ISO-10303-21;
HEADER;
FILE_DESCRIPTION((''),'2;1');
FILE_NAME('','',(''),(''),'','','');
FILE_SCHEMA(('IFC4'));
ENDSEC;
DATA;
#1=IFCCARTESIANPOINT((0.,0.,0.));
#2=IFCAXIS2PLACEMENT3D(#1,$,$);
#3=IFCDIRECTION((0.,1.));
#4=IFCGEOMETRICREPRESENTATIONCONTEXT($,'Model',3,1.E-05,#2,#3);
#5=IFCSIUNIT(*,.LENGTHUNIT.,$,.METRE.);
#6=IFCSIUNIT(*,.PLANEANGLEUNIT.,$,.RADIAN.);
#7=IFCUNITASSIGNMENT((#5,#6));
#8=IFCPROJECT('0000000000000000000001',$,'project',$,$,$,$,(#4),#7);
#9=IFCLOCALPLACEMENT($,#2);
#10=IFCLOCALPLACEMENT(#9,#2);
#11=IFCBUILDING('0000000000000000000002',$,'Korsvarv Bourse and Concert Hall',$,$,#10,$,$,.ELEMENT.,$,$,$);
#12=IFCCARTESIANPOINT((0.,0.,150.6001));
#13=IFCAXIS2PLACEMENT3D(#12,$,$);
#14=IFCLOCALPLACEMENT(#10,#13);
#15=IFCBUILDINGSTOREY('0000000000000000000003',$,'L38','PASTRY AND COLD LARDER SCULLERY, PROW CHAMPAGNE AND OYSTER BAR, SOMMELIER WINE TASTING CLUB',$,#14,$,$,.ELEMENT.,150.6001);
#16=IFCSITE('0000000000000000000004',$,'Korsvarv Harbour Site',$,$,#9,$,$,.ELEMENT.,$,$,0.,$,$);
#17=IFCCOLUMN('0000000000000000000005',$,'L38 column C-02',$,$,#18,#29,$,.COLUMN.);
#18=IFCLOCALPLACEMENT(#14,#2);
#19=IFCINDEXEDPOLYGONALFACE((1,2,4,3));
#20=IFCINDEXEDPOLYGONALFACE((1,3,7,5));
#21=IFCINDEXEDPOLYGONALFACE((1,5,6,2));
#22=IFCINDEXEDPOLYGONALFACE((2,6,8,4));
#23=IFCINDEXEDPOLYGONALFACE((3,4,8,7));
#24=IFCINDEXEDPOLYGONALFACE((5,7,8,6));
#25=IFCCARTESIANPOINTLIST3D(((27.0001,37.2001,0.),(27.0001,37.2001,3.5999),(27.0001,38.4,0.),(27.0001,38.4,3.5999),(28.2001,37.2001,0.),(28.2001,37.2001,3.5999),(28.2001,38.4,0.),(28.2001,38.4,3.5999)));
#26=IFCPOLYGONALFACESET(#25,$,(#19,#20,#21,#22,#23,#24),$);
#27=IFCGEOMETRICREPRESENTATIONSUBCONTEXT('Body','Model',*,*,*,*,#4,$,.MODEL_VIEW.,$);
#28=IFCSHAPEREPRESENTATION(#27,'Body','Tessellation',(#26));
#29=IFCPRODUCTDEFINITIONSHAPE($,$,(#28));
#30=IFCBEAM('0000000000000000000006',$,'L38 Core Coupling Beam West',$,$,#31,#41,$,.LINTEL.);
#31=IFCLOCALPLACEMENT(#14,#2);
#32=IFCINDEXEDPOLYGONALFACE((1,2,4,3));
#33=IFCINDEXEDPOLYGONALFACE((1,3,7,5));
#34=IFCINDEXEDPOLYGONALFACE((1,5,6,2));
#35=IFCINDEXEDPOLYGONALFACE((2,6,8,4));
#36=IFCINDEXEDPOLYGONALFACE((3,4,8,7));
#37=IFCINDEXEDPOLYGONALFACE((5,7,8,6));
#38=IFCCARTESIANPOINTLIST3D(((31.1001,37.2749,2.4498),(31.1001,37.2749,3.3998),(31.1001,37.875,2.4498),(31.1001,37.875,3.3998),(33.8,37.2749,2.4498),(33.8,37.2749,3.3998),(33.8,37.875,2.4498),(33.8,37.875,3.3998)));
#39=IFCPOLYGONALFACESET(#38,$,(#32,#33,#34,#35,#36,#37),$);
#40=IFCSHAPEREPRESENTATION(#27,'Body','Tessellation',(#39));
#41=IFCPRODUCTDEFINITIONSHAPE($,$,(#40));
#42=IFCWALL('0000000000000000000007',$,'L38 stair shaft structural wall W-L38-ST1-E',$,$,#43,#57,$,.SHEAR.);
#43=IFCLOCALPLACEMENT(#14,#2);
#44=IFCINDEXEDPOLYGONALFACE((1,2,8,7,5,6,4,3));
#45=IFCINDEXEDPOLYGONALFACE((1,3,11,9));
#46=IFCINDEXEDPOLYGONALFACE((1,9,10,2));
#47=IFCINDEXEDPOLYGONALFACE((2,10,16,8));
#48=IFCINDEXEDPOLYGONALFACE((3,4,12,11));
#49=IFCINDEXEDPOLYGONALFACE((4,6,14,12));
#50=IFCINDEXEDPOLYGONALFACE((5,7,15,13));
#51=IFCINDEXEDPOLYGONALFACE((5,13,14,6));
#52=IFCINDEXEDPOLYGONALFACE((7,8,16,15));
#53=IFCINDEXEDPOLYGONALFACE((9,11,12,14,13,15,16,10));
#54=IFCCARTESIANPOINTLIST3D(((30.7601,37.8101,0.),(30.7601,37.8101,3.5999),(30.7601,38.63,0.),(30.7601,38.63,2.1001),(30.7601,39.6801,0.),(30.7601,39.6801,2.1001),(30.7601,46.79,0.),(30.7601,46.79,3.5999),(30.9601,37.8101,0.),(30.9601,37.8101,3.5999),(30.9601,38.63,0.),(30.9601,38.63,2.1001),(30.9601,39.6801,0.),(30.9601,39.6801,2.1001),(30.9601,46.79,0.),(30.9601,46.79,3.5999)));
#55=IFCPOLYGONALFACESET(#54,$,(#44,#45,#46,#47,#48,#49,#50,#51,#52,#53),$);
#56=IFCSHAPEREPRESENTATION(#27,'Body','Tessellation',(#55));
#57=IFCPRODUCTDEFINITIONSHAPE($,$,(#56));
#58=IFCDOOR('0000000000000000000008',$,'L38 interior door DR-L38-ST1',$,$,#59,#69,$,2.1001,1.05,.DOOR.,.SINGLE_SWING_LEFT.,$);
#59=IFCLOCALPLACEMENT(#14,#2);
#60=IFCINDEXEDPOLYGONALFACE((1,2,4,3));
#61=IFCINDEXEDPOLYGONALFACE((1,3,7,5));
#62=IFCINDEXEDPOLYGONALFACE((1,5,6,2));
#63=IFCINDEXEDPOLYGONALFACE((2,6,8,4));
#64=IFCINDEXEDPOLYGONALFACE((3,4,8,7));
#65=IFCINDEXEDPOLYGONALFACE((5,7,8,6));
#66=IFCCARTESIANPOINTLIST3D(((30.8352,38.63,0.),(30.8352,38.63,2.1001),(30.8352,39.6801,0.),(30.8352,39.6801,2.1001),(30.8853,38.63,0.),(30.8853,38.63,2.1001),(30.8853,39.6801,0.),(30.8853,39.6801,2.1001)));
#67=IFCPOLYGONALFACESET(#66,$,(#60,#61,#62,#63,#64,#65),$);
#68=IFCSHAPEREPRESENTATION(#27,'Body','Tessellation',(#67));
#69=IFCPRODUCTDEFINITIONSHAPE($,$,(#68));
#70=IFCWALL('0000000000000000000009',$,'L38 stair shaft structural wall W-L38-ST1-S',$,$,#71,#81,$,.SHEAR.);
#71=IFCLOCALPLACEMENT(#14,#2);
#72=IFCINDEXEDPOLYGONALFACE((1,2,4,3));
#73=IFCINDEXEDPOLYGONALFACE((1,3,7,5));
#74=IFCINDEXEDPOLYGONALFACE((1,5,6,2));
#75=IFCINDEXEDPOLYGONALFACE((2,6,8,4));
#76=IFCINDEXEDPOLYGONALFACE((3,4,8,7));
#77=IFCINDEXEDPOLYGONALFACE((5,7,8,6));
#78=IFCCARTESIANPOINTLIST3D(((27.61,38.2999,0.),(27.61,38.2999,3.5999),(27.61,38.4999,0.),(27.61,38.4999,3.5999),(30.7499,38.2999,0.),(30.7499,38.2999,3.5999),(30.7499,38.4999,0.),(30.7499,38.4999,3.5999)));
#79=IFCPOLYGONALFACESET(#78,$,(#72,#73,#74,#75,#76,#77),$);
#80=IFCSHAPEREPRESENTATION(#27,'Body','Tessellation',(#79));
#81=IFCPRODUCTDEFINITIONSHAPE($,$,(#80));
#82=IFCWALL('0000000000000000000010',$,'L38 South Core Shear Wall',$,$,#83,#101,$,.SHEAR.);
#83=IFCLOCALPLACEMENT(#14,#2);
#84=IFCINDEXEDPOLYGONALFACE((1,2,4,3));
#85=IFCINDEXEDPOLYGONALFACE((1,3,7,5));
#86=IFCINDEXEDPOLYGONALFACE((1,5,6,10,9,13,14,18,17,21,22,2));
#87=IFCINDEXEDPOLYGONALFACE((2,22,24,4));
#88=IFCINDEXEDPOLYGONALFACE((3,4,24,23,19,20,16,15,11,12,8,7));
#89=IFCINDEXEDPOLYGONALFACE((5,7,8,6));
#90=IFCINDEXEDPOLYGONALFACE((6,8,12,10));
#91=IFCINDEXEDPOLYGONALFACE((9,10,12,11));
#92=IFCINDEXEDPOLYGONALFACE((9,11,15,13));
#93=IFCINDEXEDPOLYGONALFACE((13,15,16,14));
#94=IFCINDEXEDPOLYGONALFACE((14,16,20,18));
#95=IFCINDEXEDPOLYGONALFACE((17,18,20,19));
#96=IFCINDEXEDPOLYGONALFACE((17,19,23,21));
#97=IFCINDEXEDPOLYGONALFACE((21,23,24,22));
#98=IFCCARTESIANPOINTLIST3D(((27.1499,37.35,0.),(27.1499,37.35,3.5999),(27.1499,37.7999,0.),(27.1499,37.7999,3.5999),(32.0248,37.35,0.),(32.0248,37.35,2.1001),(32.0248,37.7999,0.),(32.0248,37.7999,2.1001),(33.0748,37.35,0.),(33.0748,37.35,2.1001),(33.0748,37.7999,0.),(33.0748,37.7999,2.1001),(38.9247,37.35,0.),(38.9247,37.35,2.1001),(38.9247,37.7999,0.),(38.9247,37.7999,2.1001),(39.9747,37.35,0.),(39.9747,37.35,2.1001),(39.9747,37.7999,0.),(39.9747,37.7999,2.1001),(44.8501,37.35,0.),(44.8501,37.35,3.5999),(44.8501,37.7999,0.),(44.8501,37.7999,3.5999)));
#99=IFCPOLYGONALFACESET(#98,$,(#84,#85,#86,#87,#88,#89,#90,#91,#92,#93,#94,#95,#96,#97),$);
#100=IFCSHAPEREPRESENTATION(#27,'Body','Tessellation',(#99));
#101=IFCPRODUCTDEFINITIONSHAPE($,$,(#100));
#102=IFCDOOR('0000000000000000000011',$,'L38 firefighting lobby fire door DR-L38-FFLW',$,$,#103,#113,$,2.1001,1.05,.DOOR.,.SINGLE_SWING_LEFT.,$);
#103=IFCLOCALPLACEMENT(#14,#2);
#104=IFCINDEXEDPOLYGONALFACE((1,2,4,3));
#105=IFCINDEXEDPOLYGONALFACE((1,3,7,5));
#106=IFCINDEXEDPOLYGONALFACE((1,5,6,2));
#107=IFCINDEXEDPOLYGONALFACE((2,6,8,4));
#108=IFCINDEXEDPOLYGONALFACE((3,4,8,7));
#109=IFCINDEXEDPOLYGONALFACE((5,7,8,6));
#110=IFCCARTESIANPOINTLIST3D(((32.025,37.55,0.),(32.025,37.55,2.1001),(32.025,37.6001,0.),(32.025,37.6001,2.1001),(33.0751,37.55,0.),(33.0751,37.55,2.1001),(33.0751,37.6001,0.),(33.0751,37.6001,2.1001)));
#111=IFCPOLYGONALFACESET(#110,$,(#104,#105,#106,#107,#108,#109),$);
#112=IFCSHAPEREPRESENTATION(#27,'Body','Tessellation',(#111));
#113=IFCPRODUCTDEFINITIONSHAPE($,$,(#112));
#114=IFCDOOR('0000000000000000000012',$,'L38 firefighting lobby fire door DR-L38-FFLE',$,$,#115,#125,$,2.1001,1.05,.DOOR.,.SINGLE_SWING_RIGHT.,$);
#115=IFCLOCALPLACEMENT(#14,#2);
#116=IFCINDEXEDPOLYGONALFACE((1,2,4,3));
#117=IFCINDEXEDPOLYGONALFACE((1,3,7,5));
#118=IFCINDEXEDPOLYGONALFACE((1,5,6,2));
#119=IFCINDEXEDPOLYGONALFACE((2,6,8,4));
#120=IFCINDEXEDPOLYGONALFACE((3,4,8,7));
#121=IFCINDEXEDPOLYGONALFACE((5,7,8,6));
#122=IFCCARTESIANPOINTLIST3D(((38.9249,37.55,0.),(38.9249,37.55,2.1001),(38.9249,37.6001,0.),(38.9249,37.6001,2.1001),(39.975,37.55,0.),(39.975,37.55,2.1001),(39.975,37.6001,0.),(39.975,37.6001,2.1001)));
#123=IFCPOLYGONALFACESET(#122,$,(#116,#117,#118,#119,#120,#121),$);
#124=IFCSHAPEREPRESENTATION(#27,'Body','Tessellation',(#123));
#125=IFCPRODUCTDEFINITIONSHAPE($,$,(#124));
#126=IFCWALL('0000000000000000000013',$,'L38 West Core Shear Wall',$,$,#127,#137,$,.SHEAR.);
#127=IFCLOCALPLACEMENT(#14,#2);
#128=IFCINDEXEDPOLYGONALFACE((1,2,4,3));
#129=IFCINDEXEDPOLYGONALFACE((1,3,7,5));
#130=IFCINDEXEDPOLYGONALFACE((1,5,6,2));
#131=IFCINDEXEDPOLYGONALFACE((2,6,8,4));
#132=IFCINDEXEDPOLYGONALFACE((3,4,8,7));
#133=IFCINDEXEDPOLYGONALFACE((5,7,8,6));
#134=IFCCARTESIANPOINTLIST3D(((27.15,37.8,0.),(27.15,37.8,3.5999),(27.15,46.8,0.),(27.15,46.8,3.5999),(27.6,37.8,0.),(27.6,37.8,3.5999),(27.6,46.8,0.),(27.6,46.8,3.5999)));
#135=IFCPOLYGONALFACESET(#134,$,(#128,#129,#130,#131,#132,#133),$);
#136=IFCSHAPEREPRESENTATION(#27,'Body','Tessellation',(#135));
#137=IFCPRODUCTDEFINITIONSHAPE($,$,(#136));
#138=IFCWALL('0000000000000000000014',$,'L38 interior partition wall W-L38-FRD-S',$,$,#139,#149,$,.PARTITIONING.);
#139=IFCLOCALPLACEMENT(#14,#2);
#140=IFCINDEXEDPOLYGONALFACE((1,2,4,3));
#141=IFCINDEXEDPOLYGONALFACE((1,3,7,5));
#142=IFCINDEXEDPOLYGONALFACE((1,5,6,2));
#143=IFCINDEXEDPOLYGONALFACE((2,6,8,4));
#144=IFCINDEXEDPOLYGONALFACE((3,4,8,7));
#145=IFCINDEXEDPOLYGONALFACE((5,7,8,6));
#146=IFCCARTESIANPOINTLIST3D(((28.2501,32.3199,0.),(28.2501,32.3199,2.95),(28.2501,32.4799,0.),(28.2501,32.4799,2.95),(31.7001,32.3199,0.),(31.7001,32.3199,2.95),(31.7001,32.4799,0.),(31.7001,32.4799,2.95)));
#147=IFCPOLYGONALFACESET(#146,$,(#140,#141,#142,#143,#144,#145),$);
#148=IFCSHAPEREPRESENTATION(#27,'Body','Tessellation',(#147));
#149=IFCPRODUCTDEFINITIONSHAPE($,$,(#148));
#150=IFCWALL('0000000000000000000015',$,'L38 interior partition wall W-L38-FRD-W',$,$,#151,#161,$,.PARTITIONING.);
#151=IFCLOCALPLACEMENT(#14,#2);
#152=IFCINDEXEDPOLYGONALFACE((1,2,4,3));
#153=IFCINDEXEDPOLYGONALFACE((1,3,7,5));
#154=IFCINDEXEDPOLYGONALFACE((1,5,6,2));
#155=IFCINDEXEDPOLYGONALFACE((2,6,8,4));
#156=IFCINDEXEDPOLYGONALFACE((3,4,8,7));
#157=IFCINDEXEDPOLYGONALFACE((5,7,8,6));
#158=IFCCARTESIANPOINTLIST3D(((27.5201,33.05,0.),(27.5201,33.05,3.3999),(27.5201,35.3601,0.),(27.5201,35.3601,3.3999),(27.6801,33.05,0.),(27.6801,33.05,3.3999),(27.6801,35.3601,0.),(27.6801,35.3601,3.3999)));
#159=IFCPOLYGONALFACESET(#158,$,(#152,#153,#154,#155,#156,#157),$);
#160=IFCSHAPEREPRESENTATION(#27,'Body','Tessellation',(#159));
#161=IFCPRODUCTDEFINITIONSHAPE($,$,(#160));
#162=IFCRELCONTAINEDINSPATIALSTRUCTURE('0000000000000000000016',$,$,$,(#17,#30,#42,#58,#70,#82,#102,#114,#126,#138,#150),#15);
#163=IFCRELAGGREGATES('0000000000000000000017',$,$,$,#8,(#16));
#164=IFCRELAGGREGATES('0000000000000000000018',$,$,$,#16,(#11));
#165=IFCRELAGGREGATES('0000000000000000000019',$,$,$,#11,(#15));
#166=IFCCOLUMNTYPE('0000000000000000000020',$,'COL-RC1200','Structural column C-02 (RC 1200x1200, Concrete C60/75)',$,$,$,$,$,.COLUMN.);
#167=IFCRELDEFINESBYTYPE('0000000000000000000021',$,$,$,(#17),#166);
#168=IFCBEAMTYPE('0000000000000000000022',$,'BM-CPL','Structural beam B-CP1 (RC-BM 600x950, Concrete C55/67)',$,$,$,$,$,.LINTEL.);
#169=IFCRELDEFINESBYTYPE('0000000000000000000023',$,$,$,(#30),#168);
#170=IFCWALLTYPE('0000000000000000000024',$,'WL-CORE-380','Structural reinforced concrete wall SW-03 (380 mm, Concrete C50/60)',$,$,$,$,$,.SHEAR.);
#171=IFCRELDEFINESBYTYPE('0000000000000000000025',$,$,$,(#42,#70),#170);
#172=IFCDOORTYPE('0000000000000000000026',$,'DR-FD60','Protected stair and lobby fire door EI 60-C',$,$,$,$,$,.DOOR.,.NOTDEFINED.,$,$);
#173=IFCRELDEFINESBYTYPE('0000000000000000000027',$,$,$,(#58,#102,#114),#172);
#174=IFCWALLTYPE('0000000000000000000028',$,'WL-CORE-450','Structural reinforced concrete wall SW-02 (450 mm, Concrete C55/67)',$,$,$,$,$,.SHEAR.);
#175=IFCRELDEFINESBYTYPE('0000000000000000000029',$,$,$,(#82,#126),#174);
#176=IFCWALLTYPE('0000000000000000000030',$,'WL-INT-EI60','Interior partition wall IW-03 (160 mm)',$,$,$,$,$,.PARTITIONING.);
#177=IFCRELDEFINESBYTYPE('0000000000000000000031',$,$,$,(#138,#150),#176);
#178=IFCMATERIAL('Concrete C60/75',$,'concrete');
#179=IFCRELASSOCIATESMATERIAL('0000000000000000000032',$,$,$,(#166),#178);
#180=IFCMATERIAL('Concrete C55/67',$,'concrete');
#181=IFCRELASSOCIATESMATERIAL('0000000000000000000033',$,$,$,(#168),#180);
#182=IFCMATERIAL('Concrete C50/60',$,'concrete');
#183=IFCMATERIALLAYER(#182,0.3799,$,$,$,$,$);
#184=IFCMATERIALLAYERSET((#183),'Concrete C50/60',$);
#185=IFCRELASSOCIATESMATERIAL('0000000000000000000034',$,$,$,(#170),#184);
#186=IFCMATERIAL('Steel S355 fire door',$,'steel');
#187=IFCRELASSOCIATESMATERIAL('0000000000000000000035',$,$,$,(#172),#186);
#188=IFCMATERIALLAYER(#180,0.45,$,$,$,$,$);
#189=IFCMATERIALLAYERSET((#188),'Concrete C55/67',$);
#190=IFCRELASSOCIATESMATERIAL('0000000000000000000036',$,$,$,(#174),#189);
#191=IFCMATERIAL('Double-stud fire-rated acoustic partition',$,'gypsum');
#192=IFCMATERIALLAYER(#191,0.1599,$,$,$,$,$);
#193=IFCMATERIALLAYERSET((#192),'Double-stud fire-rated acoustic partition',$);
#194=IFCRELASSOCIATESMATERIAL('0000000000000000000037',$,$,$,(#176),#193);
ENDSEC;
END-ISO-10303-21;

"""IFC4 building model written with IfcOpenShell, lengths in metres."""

from ifc_helpers import new_model, si_unit, direction, frame, frame_2d, origin, origin_2d, place, context, subcontext, project, spatial, rectangle, extrude, source, transform, mapped, material, layer, layer_set, material_profile, profile_set, type_object, element, fill, save


model = new_model("IFC4")

# Units and contexts
model_context = context("Model", 3, precision=1e-05, world=origin(), true_north=direction((0.0, 1.0)))
body_context = subcontext(model_context, "Body", "Model", "MODEL_VIEW")
ifc_project = project(units=[si_unit("LENGTHUNIT", "METRE"), si_unit("PLANEANGLEUNIT", "RADIAN")], contexts=[model_context])

# Site, building, storey
site_placement = place(None, origin())
site = spatial("IfcSite", under=ifc_project, at=site_placement, Name="Korsvarv Harbour Site", CompositionType="ELEMENT", RefElevation=0.0)
building_placement = place(site_placement, origin())
building = spatial("IfcBuilding", under=site, at=building_placement, Name="Korsvarv Bourse and Concert Hall", CompositionType="ELEMENT")
storey_placement = place(building_placement, frame((0.0, 0.0, 150.6001)))
storey = spatial("IfcBuildingStorey", under=building, at=storey_placement, Name="L38", Description="PASTRY AND COLD LARDER SCULLERY, PROW CHAMPAGNE AND OYSTER BAR, SOMMELIER WINE TASTING CLUB", CompositionType="ELEMENT", Elevation=150.6001)

# Column
ifc_material_1 = material(Name="Concrete C60/75", Category="concrete")
ifc_material_profile_1 = material_profile(ifc_material_1, rectangle(XDim=1.2, YDim=1.2, at=origin_2d()), Name="RC 1200x1200")
ifc_profile_set_1 = profile_set([ifc_material_profile_1], Name="Concrete C60/75")
column_type = type_object("IfcColumnType", Name="COL-RC1200", Description="Structural column C-02 (RC 1200x1200, Concrete C60/75)", PredefinedType="COLUMN", material=ifc_profile_set_1)
shared_shape_1 = source(origin(), body_context, "Body", "SweptSolid", [
    extrude(rectangle(XDim=1.2, YDim=1.2, at=origin_2d()), origin(), (0.0, 0.0, 1.0), 3.5999),
])
column_placement = place(storey_placement, frame((27.6001, 37.8, 0.0), z_axis=(0.0, 0.0, 1.0), x_axis=(1.0, 0.0, 0.0)))
element("IfcColumn", 1, at=column_placement, inside=storey, type_object=column_type, Name="L38 column C-02", PredefinedType="COLUMN", context=body_context, shape_type="MappedRepresentation", body=[
    mapped(shared_shape_1, transform((0.0, 0.0, 0.0), scale=1.0)),
])

# Beam
ifc_material_2 = material(Name="Concrete C55/67", Category="concrete")
ifc_material_profile_2 = material_profile(ifc_material_2, rectangle(XDim=0.6001, YDim=0.95, at=origin_2d()), Name="RC-BM 600x950")
ifc_profile_set_2 = profile_set([ifc_material_profile_2], Name="Concrete C55/67")
beam_type = type_object("IfcBeamType", Name="BM-CPL", Description="Structural beam B-CP1 (RC-BM 600x950, Concrete C55/67)", PredefinedType="LINTEL", material=ifc_profile_set_2)
shared_shape_2 = source(origin(), body_context, "Body", "SweptSolid", [
    extrude(rectangle(XDim=0.6001, YDim=0.95, at=origin_2d()), origin(), (0.0, 0.0, 1.0), 2.7),
])
beam_placement = place(storey_placement, frame((31.1001, 37.575, 2.9248), z_axis=(1.0, 0.0, 0.0), x_axis=(0.0, 1.0, 0.0)))
element("IfcBeam", 2, at=beam_placement, inside=storey, type_object=beam_type, Name="L38 Core Coupling Beam West", PredefinedType="LINTEL", context=body_context, shape_type="MappedRepresentation", body=[
    mapped(shared_shape_2, transform((0.0, 0.0, 0.0), scale=1.0)),
])

# Wall, opening, door
ifc_material_3 = material(Name="Concrete C50/60", Category="concrete")
ifc_layer_1 = layer(ifc_material_3, 0.3799)
ifc_layer_set_1 = layer_set([ifc_layer_1], Name="Concrete C50/60")
wall_type_1 = type_object("IfcWallType", Name="WL-CORE-380", Description="Structural reinforced concrete wall SW-03 (380 mm, Concrete C50/60)", PredefinedType="SHEAR", material=ifc_layer_set_1)
wall_1_placement = place(storey_placement, frame((30.8601, 37.8101, 0.0), z_axis=(0.0, 0.0, 1.0), x_axis=(0.0, 1.0, 0.0)))
wall_1 = element("IfcWall", 3, at=wall_1_placement, inside=storey, type_object=wall_type_1, Name="L38 stair shaft structural wall W-L38-ST1-E", PredefinedType="SHEAR", context=body_context, shape_type="SweptSolid", body=[
    extrude(rectangle(XDim=8.98, YDim=0.2, at=frame_2d((4.49, 0.0))), origin(), (0.0, 0.0, 1.0), 3.5999),
])
opening_1_placement = place(wall_1_placement, frame((0.8201, 0.0, 0.0)))
opening_1 = element("IfcOpeningElement", 4, at=opening_1_placement, cuts=wall_1, PredefinedType="OPENING", context=body_context, shape_type="SweptSolid", body=[
    extrude(rectangle(XDim=1.05, YDim=2.1001, at=frame_2d((0.5249, 1.05))), frame((0.0, 0.1099, 0.0), z_axis=(0.0, -1.0, 0.0), x_axis=(1.0, 0.0, 0.0)), (0.0, 0.0, 1.0), 0.22),
])
ifc_material_4 = material(Name="Steel S355 fire door", Category="steel")
door_type_1 = type_object("IfcDoorType", Name="DR-FD60", Description="Protected stair and lobby fire door EI 60-C", OperationType="NOTDEFINED", PredefinedType="DOOR", material=ifc_material_4)
door_1_placement = place(opening_1_placement, origin())
door_1 = element("IfcDoor", 5, at=door_1_placement, inside=storey, type_object=door_type_1, Name="L38 interior door DR-L38-ST1", OperationType="SINGLE_SWING_LEFT", OverallHeight=2.1001, OverallWidth=1.05, PredefinedType="DOOR", context=body_context, shape_type="SweptSolid", body=[
    extrude(rectangle(XDim=1.05, YDim=2.1001, at=frame_2d((0.5249, 1.05))), frame((0.0, 0.0249, 0.0), z_axis=(0.0, -1.0, 0.0), x_axis=(1.0, 0.0, 0.0)), (0.0, 0.0, 1.0), 0.05),
])
fill(opening_1, door_1)

# Wall
wall_2_placement = place(storey_placement, frame((27.6101, 38.3999, 0.0), z_axis=(0.0, 0.0, 1.0), x_axis=(1.0, 0.0, 0.0)))
element("IfcWall", 6, at=wall_2_placement, inside=storey, type_object=wall_type_1, Name="L38 stair shaft structural wall W-L38-ST1-S", PredefinedType="SHEAR", context=body_context, shape_type="SweptSolid", body=[
    extrude(rectangle(XDim=3.1399, YDim=0.2, at=frame_2d((1.5698, 0.0))), origin(), (0.0, 0.0, 1.0), 3.5999),
])

# Wall, openings, doors
ifc_layer_2 = layer(ifc_material_2, 0.45)
ifc_layer_set_2 = layer_set([ifc_layer_2], Name="Concrete C55/67")
wall_type_2 = type_object("IfcWallType", Name="WL-CORE-450", Description="Structural reinforced concrete wall SW-02 (450 mm, Concrete C55/67)", PredefinedType="SHEAR", material=ifc_layer_set_2)
wall_3_placement = place(storey_placement, frame((27.1499, 37.575, 0.0), z_axis=(0.0, 0.0, 1.0), x_axis=(1.0, 0.0, 0.0)))
wall_3 = element("IfcWall", 7, at=wall_3_placement, inside=storey, type_object=wall_type_2, Name="L38 South Core Shear Wall", PredefinedType="SHEAR", context=body_context, shape_type="SweptSolid", body=[
    extrude(rectangle(XDim=17.7002, YDim=0.45, at=frame_2d((8.8501, 0.0))), origin(), (0.0, 0.0, 1.0), 3.5999),
])
opening_2_placement = place(wall_3_placement, frame((4.875, 0.0, 0.0)))
opening_2 = element("IfcOpeningElement", 8, at=opening_2_placement, cuts=wall_3, PredefinedType="OPENING", context=body_context, shape_type="SweptSolid", body=[
    extrude(rectangle(XDim=1.05, YDim=2.1001, at=frame_2d((0.5249, 1.05))), frame((0.0, 0.2349, 0.0), z_axis=(0.0, -1.0, 0.0), x_axis=(1.0, 0.0, 0.0)), (0.0, 0.0, 1.0), 0.47),
])
opening_3_placement = place(wall_3_placement, frame((11.7749, 0.0, 0.0)))
opening_3 = element("IfcOpeningElement", 9, at=opening_3_placement, cuts=wall_3, PredefinedType="OPENING", context=body_context, shape_type="SweptSolid", body=[
    extrude(rectangle(XDim=1.05, YDim=2.1001, at=frame_2d((0.5249, 1.05))), frame((0.0, 0.2349, 0.0), z_axis=(0.0, -1.0, 0.0), x_axis=(1.0, 0.0, 0.0)), (0.0, 0.0, 1.0), 0.47),
])
door_2_placement = place(opening_2_placement, frame((1.05, 0.0, 0.0), z_axis=(0.0, 0.0, 1.0), x_axis=(-1.0, 0.0, 0.0)))
door_2 = element("IfcDoor", 10, at=door_2_placement, inside=storey, type_object=door_type_1, Name="L38 firefighting lobby fire door DR-L38-FFLW", OperationType="SINGLE_SWING_LEFT", OverallHeight=2.1001, OverallWidth=1.05, PredefinedType="DOOR", context=body_context, shape_type="SweptSolid", body=[
    extrude(rectangle(XDim=1.05, YDim=2.1001, at=frame_2d((0.5249, 1.05))), frame((0.0, 0.0249, 0.0), z_axis=(0.0, -1.0, 0.0), x_axis=(1.0, 0.0, 0.0)), (0.0, 0.0, 1.0), 0.05),
])
fill(opening_2, door_2)
door_3_placement = place(opening_3_placement, frame((1.05, 0.0, 0.0), z_axis=(0.0, 0.0, 1.0), x_axis=(-1.0, 0.0, 0.0)))
door_3 = element("IfcDoor", 11, at=door_3_placement, inside=storey, type_object=door_type_1, Name="L38 firefighting lobby fire door DR-L38-FFLE", OperationType="SINGLE_SWING_RIGHT", OverallHeight=2.1001, OverallWidth=1.05, PredefinedType="DOOR", context=body_context, shape_type="SweptSolid", body=[
    extrude(rectangle(XDim=1.05, YDim=2.1001, at=frame_2d((0.5249, 1.05))), frame((0.0, 0.0249, 0.0), z_axis=(0.0, -1.0, 0.0), x_axis=(1.0, 0.0, 0.0)), (0.0, 0.0, 1.0), 0.05),
])
fill(opening_3, door_3)

# Walls
wall_4_placement = place(storey_placement, frame((27.375, 37.8, 0.0), z_axis=(0.0, 0.0, 1.0), x_axis=(0.0, 1.0, 0.0)))
element("IfcWall", 12, at=wall_4_placement, inside=storey, type_object=wall_type_2, Name="L38 West Core Shear Wall", PredefinedType="SHEAR", context=body_context, shape_type="SweptSolid", body=[
    extrude(rectangle(XDim=9.0, YDim=0.45, at=frame_2d((4.5, 0.0))), origin(), (0.0, 0.0, 1.0), 3.5999),
])
ifc_material_5 = material(Name="Double-stud fire-rated acoustic partition", Category="gypsum")
ifc_layer_3 = layer(ifc_material_5, 0.1599)
ifc_layer_set_3 = layer_set([ifc_layer_3], Name="Double-stud fire-rated acoustic partition")
wall_type_3 = type_object("IfcWallType", Name="WL-INT-EI60", Description="Interior partition wall IW-03 (160 mm)", PredefinedType="PARTITIONING", material=ifc_layer_set_3)
wall_5_placement = place(storey_placement, frame((28.25, 32.3999, 0.0), z_axis=(0.0, 0.0, 1.0), x_axis=(1.0, 0.0, 0.0)))
element("IfcWall", 13, at=wall_5_placement, inside=storey, type_object=wall_type_3, Name="L38 interior partition wall W-L38-FRD-S", PredefinedType="PARTITIONING", context=body_context, shape_type="SweptSolid", body=[
    extrude(rectangle(XDim=3.45, YDim=0.1599, at=frame_2d((1.7251, 0.0))), origin(), (0.0, 0.0, 1.0), 2.95),
])
wall_6_placement = place(storey_placement, frame((27.6001, 33.05, 0.0), z_axis=(0.0, 0.0, 1.0), x_axis=(0.0, 1.0, 0.0)))
element("IfcWall", 14, at=wall_6_placement, inside=storey, type_object=wall_type_3, Name="L38 interior partition wall W-L38-FRD-W", PredefinedType="PARTITIONING", context=body_context, shape_type="SweptSolid", body=[
    extrude(rectangle(XDim=2.3101, YDim=0.1599, at=frame_2d((1.155, 0.0))), origin(), (0.0, 0.0, 1.0), 3.3999),
])

save(model, "model.ifc")
